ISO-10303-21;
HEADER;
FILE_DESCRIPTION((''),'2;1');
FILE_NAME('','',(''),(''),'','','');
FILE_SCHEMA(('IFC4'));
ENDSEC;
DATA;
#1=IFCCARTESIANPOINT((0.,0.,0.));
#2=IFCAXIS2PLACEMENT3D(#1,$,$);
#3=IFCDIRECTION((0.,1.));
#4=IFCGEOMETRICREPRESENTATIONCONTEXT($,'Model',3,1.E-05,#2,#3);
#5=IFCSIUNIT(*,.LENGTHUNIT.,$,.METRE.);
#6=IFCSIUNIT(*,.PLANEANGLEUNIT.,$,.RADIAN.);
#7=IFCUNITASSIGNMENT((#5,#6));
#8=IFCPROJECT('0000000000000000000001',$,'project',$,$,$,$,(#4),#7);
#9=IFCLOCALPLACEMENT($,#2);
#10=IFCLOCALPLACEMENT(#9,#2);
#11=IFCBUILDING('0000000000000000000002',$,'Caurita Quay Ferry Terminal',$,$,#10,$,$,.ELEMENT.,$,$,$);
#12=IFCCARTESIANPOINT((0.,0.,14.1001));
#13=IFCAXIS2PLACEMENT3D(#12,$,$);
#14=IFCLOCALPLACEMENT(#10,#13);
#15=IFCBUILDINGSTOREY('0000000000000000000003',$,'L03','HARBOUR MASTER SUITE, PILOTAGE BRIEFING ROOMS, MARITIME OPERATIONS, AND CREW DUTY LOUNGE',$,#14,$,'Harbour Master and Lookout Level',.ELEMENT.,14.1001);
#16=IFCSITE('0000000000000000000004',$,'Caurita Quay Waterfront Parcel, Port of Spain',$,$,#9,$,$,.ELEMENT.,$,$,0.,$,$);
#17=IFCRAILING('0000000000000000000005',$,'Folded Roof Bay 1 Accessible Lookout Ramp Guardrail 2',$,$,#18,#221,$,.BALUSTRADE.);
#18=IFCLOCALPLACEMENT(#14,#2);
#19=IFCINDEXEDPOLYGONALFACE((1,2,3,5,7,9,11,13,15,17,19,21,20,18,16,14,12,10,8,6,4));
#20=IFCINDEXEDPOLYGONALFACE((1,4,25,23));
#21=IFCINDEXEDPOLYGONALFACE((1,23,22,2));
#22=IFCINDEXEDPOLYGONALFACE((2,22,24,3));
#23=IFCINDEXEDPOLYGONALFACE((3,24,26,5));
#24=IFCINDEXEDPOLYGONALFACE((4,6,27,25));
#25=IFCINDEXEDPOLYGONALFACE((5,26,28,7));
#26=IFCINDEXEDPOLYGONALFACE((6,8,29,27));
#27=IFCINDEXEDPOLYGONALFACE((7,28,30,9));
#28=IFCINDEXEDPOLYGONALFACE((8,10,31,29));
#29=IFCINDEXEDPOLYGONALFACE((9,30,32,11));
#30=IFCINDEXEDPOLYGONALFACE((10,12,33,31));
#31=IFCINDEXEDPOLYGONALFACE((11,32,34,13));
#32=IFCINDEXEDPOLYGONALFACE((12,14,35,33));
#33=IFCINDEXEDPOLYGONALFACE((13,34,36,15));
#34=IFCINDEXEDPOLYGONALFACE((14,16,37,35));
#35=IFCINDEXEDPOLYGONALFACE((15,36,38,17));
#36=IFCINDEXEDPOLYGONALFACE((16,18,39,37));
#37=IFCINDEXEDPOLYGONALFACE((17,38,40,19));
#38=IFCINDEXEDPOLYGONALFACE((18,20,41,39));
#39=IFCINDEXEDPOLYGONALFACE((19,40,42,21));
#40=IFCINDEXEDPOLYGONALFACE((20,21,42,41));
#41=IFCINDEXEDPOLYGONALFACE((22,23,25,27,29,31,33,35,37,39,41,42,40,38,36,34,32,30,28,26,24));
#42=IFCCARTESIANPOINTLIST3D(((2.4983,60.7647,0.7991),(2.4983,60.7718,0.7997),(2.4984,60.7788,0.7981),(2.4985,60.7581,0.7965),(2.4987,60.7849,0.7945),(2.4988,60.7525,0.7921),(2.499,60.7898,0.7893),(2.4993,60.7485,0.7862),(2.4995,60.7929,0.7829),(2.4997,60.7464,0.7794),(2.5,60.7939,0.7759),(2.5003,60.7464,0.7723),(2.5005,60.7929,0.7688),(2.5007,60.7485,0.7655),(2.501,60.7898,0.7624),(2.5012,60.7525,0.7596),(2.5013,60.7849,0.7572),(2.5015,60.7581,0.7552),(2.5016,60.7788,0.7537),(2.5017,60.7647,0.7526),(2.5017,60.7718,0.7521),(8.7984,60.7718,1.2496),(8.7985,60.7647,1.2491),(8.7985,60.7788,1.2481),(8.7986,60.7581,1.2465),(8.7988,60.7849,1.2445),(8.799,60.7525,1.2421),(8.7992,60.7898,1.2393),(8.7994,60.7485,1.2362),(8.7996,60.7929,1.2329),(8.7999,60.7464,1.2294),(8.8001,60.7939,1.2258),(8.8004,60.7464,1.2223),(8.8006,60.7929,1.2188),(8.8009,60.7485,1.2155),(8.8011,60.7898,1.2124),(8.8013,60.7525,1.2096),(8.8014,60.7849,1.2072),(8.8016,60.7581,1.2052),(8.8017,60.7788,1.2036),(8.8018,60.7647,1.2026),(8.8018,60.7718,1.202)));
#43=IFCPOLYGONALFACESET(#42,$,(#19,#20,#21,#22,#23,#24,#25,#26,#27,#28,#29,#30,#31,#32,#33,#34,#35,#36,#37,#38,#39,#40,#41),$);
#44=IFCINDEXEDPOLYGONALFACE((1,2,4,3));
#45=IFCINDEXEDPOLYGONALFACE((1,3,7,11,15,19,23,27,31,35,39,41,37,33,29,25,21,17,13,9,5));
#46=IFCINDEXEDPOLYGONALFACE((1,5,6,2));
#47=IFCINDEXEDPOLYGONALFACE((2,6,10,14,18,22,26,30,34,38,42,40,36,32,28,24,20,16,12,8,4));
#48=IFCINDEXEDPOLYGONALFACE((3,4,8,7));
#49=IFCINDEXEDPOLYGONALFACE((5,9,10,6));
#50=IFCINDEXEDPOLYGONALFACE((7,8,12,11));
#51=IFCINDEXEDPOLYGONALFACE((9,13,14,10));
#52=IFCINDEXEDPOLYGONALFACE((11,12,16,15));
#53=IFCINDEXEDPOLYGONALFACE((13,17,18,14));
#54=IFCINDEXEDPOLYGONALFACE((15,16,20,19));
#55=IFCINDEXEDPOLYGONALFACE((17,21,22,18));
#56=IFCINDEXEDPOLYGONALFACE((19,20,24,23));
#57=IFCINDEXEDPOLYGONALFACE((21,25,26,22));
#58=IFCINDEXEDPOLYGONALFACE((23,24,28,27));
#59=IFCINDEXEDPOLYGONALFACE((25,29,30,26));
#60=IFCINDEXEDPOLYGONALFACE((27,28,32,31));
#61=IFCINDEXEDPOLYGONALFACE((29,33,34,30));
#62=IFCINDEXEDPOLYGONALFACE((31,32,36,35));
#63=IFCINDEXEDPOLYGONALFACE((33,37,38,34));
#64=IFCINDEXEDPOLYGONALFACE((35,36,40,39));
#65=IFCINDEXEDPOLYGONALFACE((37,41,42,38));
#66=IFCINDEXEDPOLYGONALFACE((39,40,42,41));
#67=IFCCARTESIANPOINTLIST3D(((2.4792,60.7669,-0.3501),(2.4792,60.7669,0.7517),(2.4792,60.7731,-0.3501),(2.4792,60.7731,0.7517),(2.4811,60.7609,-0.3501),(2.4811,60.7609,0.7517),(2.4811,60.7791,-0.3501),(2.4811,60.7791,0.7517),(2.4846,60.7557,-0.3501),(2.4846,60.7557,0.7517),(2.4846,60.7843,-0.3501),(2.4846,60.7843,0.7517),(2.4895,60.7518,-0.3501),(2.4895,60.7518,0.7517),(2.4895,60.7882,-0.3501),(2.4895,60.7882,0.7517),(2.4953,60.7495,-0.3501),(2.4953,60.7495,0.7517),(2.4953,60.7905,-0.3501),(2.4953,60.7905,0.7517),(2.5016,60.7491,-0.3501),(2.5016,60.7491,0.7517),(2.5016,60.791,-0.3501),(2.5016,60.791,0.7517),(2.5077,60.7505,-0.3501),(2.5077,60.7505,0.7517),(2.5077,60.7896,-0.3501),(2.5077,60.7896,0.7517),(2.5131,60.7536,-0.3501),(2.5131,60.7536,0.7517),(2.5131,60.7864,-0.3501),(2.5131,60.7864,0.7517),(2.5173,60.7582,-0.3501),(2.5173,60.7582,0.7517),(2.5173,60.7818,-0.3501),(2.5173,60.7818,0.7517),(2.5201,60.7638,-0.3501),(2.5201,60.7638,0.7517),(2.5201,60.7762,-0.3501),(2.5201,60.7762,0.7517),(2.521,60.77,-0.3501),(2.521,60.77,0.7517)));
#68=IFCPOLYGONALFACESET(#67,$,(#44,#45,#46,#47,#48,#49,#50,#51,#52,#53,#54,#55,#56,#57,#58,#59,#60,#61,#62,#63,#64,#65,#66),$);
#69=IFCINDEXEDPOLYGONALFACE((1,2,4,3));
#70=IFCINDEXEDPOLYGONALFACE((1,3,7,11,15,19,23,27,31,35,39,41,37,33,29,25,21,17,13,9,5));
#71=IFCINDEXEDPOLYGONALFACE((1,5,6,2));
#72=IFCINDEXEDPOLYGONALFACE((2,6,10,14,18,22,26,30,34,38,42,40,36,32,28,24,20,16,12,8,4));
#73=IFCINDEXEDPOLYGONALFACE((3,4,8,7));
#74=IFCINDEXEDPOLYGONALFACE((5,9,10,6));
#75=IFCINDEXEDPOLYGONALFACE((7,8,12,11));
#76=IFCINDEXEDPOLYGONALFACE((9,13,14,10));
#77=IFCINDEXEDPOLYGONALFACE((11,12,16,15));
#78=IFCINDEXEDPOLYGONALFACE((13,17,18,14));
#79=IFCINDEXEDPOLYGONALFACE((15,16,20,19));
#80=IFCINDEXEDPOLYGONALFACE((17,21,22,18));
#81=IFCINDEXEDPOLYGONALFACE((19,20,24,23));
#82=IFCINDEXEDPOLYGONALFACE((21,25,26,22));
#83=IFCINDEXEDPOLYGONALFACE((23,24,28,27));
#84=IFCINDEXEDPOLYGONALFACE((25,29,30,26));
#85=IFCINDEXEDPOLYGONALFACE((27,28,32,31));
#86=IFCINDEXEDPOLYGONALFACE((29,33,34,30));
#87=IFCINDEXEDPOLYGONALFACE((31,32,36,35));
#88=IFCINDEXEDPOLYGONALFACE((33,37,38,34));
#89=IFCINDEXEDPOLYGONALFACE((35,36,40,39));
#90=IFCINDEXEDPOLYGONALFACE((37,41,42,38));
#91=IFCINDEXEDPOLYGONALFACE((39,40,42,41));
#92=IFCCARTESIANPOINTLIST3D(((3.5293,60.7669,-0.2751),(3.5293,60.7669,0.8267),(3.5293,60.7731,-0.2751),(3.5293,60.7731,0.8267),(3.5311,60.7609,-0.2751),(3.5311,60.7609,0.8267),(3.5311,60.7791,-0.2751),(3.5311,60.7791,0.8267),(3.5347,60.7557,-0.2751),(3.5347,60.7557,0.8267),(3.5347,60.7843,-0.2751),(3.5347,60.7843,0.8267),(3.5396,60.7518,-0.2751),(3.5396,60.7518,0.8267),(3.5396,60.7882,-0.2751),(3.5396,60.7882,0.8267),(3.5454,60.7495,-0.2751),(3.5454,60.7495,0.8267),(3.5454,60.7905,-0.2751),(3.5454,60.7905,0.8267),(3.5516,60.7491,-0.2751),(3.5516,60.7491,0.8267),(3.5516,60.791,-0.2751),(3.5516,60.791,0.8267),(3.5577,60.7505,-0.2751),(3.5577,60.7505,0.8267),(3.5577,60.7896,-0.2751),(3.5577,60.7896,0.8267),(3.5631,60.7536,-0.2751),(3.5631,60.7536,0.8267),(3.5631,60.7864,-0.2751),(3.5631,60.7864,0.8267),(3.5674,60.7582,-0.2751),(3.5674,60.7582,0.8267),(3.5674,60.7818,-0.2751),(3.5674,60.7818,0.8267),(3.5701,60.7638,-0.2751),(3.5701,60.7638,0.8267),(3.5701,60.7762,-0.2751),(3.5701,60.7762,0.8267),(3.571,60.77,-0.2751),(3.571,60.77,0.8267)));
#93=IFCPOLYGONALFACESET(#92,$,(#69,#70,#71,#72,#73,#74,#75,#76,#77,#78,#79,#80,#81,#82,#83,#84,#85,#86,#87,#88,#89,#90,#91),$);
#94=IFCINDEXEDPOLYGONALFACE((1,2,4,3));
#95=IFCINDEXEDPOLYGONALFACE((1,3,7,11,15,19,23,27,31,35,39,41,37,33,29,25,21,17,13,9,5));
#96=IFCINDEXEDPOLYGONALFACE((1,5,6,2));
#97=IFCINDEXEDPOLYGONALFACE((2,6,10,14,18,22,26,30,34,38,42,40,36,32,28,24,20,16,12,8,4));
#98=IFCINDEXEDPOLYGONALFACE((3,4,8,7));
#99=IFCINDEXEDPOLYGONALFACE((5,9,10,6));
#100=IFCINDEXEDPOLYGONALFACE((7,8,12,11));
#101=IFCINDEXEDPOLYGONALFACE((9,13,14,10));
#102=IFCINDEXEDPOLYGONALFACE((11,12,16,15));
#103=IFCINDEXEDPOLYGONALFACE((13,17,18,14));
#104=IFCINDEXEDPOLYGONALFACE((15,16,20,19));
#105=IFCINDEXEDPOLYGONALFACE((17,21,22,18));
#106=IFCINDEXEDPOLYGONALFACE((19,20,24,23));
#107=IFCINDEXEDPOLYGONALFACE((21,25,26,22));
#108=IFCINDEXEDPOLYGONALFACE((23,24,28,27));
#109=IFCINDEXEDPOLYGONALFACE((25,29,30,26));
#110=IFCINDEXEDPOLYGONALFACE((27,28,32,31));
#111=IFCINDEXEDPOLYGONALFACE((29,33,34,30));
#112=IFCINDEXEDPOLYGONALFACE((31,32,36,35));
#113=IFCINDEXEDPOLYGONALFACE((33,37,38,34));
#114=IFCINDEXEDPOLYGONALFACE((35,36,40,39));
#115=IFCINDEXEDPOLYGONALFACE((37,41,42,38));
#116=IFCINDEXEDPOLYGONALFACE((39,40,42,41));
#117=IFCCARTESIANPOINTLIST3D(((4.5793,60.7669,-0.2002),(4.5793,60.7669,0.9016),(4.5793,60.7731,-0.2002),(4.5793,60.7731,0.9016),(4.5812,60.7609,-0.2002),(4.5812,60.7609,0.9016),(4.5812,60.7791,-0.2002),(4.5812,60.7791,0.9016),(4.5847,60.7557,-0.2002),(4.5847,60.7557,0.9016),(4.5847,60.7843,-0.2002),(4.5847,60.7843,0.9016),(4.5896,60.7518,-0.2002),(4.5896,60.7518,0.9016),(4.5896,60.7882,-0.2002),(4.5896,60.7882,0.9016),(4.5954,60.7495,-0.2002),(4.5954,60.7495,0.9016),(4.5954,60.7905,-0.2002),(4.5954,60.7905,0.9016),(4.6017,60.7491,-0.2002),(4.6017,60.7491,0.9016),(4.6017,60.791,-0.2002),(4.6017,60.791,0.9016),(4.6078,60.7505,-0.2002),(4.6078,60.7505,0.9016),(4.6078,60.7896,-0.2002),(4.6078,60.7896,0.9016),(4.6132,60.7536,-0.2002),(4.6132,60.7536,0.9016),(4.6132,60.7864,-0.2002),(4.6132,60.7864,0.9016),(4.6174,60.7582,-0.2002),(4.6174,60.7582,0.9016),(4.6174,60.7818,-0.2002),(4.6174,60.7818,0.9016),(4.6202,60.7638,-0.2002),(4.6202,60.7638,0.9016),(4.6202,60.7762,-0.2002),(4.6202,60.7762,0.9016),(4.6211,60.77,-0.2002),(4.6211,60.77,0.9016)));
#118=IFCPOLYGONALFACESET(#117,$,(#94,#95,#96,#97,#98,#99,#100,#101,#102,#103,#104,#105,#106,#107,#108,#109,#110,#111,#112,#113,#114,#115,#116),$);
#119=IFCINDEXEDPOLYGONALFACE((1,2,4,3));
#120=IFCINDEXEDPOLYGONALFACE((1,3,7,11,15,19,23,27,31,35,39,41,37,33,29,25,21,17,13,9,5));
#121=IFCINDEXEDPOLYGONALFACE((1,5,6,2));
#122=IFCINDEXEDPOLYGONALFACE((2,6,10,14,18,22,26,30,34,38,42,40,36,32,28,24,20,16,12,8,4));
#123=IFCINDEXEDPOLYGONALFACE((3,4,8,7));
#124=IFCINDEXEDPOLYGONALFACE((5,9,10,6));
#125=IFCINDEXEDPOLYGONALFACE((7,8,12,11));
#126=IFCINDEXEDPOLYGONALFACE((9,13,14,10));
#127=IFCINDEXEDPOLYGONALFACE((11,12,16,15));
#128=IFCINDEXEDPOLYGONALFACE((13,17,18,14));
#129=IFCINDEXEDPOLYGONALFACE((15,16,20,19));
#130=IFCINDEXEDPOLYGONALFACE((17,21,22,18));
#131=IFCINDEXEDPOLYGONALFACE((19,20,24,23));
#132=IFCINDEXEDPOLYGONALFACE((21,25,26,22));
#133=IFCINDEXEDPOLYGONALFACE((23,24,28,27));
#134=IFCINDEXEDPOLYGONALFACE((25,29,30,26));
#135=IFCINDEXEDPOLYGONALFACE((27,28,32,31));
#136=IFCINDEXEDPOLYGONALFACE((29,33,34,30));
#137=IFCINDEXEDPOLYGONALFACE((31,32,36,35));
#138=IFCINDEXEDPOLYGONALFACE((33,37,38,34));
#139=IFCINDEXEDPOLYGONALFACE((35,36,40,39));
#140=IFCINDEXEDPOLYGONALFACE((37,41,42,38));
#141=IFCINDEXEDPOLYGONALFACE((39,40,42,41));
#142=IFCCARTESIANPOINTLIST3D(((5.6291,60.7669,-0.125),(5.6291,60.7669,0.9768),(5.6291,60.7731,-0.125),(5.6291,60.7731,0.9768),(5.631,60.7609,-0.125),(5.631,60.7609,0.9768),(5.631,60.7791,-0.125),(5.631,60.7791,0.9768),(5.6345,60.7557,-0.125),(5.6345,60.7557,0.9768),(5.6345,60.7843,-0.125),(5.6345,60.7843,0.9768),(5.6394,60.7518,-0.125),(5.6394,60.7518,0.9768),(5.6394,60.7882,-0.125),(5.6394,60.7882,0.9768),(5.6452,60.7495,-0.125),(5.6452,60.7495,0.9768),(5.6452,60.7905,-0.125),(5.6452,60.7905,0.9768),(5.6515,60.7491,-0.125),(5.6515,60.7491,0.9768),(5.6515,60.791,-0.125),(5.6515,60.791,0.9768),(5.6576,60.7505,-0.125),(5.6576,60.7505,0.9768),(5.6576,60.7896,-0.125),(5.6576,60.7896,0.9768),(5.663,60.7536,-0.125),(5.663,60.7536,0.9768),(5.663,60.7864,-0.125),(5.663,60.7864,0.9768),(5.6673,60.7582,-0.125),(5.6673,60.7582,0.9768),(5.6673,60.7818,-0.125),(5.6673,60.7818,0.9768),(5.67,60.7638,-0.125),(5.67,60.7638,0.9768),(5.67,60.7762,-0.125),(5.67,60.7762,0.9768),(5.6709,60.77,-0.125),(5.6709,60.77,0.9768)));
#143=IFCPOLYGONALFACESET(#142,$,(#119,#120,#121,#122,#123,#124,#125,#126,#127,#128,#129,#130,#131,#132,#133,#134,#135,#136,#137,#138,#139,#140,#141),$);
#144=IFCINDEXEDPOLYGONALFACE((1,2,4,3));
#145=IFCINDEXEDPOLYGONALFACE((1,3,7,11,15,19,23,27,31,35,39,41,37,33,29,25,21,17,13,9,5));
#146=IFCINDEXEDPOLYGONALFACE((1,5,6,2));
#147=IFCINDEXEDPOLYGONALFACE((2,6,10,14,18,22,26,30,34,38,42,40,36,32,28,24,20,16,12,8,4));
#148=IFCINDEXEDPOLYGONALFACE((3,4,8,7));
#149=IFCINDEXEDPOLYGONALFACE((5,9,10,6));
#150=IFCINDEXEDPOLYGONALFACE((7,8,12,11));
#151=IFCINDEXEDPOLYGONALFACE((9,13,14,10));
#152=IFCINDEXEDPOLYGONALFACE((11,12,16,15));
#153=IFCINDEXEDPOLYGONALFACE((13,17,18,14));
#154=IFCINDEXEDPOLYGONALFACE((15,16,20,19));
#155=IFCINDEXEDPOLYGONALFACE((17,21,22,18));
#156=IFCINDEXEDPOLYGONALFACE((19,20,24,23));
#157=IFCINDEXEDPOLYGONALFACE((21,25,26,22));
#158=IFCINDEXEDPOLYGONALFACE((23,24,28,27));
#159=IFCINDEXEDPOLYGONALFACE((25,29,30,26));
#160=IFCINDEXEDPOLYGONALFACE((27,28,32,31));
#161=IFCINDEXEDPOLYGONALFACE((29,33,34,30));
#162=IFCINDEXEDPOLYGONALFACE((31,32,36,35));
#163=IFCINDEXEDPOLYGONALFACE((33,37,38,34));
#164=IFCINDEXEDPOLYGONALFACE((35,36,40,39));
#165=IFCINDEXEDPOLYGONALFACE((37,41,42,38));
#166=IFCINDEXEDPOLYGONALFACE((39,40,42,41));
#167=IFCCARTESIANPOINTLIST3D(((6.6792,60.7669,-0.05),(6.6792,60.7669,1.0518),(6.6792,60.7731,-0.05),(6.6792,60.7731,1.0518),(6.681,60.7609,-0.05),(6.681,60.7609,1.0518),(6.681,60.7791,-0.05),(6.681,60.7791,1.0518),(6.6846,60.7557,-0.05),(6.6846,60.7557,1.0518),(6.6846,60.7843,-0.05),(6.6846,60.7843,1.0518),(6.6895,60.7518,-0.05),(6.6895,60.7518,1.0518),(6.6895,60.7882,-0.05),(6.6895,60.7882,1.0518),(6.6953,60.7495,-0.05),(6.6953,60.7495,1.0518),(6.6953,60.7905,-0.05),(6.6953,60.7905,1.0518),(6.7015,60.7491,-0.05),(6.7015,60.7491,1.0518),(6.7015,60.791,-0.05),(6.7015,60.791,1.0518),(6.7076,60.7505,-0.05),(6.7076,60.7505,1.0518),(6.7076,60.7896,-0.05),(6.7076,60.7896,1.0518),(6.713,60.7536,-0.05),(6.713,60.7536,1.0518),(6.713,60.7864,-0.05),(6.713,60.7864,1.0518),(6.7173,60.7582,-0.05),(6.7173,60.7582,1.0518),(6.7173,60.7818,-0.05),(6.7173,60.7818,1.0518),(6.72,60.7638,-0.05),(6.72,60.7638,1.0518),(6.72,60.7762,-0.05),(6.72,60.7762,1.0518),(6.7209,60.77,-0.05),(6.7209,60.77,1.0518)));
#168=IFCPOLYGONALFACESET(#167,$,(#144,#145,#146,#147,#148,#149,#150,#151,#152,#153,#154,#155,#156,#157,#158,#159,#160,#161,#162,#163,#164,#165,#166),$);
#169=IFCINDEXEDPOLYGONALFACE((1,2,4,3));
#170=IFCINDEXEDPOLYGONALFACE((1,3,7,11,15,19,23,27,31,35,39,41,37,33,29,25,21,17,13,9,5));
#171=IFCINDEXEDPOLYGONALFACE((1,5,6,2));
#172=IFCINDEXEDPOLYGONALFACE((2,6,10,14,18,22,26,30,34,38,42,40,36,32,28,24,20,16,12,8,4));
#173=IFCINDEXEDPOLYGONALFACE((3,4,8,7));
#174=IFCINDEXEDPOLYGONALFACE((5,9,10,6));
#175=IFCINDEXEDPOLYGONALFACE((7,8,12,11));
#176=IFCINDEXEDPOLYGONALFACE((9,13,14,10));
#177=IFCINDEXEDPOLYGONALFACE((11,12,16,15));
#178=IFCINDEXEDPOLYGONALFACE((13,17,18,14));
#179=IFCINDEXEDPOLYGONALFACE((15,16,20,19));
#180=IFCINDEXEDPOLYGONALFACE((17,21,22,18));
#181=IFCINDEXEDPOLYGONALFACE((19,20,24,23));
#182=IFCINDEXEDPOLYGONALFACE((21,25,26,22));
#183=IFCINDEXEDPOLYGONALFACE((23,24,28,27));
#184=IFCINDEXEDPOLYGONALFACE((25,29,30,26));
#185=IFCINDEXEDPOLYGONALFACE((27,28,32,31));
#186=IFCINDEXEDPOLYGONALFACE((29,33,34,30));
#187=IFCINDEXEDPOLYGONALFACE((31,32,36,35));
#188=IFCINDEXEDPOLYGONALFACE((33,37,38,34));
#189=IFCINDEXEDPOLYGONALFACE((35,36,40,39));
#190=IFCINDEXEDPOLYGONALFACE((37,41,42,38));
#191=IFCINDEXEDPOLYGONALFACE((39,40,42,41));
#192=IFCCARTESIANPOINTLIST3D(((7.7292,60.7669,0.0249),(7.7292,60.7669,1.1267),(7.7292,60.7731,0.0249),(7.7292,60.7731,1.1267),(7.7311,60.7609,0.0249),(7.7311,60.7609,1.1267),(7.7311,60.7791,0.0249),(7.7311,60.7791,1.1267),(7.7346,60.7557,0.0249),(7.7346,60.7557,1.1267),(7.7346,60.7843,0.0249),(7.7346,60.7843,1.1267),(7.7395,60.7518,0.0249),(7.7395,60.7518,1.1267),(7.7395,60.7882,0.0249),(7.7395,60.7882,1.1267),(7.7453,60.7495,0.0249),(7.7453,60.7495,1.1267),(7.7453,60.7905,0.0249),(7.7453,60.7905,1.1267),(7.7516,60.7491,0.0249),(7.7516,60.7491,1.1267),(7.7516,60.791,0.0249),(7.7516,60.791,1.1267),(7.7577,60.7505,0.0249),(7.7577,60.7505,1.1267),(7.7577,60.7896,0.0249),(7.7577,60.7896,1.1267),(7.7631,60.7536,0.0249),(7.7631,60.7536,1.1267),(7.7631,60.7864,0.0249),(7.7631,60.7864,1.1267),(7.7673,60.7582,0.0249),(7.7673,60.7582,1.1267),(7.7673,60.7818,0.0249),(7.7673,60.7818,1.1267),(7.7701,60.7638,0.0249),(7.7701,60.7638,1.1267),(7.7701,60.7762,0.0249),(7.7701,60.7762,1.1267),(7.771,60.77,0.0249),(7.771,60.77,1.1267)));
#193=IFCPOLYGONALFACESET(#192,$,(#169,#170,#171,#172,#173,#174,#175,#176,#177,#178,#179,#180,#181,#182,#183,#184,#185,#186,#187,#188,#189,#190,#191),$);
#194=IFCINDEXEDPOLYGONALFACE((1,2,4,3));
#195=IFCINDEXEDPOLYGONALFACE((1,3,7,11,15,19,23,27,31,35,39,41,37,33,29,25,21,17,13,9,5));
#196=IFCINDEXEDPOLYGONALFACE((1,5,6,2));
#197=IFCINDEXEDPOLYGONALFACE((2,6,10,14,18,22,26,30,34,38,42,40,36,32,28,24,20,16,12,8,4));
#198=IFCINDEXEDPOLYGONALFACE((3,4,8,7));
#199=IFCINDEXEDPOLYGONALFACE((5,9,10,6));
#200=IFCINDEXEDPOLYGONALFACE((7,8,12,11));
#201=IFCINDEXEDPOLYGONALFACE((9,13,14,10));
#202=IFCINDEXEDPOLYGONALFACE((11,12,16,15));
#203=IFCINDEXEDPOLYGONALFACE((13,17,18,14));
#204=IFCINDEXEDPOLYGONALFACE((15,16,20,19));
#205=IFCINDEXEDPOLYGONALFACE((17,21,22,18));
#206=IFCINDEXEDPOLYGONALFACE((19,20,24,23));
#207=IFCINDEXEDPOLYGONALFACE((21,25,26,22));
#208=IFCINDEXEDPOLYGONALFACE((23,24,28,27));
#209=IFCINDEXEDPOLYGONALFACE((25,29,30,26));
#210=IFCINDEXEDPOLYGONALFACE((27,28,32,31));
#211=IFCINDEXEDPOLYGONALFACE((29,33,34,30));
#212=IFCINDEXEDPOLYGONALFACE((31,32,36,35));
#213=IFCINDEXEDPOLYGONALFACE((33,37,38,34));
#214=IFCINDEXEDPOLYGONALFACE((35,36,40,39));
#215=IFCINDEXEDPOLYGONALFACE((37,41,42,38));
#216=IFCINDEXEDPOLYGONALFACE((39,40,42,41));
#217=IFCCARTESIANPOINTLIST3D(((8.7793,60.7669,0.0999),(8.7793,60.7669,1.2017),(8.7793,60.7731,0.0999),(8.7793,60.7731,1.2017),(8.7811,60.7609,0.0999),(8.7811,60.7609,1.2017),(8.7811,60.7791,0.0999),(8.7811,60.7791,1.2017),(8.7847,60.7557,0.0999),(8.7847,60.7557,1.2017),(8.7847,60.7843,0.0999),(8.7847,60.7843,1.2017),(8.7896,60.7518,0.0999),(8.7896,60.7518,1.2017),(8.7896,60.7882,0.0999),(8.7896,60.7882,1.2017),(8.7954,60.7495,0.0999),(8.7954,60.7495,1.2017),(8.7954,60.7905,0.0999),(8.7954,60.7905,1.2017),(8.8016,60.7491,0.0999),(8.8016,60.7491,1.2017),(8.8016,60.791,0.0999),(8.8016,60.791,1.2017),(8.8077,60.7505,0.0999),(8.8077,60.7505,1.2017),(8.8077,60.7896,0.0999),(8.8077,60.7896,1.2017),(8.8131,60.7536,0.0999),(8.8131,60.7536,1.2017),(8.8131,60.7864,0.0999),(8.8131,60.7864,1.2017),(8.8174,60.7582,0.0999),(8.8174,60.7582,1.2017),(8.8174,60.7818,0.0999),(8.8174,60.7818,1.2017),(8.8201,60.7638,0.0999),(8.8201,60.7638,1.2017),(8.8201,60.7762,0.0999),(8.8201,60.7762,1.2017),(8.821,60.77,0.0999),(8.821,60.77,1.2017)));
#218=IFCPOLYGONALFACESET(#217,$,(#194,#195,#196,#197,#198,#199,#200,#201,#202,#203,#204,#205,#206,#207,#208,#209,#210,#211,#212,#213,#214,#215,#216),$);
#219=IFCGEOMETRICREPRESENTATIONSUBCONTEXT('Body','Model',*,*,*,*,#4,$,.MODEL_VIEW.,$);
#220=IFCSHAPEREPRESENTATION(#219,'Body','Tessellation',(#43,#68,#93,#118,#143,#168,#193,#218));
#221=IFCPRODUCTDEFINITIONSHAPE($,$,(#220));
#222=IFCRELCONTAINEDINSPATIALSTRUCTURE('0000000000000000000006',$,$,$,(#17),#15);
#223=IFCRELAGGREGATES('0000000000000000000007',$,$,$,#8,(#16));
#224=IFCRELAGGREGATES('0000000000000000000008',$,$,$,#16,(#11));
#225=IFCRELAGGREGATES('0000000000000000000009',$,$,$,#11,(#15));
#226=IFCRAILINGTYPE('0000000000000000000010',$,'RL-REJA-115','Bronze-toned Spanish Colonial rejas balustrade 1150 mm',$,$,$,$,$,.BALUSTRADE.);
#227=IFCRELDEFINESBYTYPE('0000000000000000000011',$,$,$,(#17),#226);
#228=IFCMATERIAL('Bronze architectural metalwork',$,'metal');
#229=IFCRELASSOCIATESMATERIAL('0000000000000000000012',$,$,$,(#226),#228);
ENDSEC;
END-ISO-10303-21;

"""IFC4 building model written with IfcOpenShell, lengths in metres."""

from ifc_helpers import new_model, si_unit, direction, frame, origin, origin_2d, place, context, subcontext, project, spatial, circle, extrude, material, type_object, element, save


model = new_model("IFC4")

# Units and contexts
model_context = context("Model", 3, precision=1e-05, world=origin(), true_north=direction((0.0, 1.0)))
body_context = subcontext(model_context, "Body", "Model", "MODEL_VIEW")
ifc_project = project(units=[si_unit("LENGTHUNIT", "METRE"), si_unit("PLANEANGLEUNIT", "RADIAN")], contexts=[model_context])

# Site, building, storey
site_placement = place(None, origin())
site = spatial("IfcSite", under=ifc_project, at=site_placement, Name="Caurita Quay Waterfront Parcel, Port of Spain", CompositionType="ELEMENT", RefElevation=0.0)
building_placement = place(site_placement, origin())
building = spatial("IfcBuilding", under=site, at=building_placement, Name="Caurita Quay Ferry Terminal", CompositionType="ELEMENT")
storey_placement = place(building_placement, frame((0.0, 0.0, 14.1001)))
storey = spatial("IfcBuildingStorey", under=building, at=storey_placement, Name="L03", Description="HARBOUR MASTER SUITE, PILOTAGE BRIEFING ROOMS, MARITIME OPERATIONS, AND CREW DUTY LOUNGE", LongName="Harbour Master and Lookout Level", CompositionType="ELEMENT", Elevation=14.1001)

# Railing
ifc_material_1 = material(Name="Bronze architectural metalwork", Category="metal")
railing_type_1 = type_object("IfcRailingType", Name="RL-REJA-115", Description="Bronze-toned Spanish Colonial rejas balustrade 1150 mm", PredefinedType="BALUSTRADE", material=ifc_material_1)
railing_1_placement = place(storey_placement, frame((2.5, 60.77, -0.3501)))
element("IfcRailing", 1, at=railing_1_placement, inside=storey, type_object=railing_type_1, Name="Folded Roof Bay 1 Accessible Lookout Ramp Guardrail 2", PredefinedType="BALUSTRADE", context=body_context, shape_type="SweptSolid", body=[
    extrude(circle(Radius=0.0239, at=origin_2d()), frame((0.0, 0.0, 1.126), z_axis=(0.997459, 0.0, 0.071239), x_axis=(0.0, 1.0, 0.0)), (0.0, 0.0, 1.0), 6.3162),
    extrude(circle(Radius=0.021, at=origin_2d()), origin(), (0.0, 0.0, 1.0), 1.1018),
    extrude(circle(Radius=0.021, at=origin_2d()), frame((1.05, 0.0, 0.075)), (0.0, 0.0, 1.0), 1.1018),
    extrude(circle(Radius=0.021, at=origin_2d()), frame((2.1001, 0.0, 0.1499)), (0.0, 0.0, 1.0), 1.1018),
    extrude(circle(Radius=0.021, at=origin_2d()), frame((3.1499, 0.0, 0.2251)), (0.0, 0.0, 1.0), 1.1018),
    extrude(circle(Radius=0.021, at=origin_2d()), frame((4.2, 0.0, 0.3)), (0.0, 0.0, 1.0), 1.1018),
    extrude(circle(Radius=0.021, at=origin_2d()), frame((5.25, 0.0, 0.375)), (0.0, 0.0, 1.0), 1.1018),
    extrude(circle(Radius=0.021, at=origin_2d()), frame((6.3, 0.0, 0.45)), (0.0, 0.0, 1.0), 1.1018),
])

save(model, "model.ifc")
